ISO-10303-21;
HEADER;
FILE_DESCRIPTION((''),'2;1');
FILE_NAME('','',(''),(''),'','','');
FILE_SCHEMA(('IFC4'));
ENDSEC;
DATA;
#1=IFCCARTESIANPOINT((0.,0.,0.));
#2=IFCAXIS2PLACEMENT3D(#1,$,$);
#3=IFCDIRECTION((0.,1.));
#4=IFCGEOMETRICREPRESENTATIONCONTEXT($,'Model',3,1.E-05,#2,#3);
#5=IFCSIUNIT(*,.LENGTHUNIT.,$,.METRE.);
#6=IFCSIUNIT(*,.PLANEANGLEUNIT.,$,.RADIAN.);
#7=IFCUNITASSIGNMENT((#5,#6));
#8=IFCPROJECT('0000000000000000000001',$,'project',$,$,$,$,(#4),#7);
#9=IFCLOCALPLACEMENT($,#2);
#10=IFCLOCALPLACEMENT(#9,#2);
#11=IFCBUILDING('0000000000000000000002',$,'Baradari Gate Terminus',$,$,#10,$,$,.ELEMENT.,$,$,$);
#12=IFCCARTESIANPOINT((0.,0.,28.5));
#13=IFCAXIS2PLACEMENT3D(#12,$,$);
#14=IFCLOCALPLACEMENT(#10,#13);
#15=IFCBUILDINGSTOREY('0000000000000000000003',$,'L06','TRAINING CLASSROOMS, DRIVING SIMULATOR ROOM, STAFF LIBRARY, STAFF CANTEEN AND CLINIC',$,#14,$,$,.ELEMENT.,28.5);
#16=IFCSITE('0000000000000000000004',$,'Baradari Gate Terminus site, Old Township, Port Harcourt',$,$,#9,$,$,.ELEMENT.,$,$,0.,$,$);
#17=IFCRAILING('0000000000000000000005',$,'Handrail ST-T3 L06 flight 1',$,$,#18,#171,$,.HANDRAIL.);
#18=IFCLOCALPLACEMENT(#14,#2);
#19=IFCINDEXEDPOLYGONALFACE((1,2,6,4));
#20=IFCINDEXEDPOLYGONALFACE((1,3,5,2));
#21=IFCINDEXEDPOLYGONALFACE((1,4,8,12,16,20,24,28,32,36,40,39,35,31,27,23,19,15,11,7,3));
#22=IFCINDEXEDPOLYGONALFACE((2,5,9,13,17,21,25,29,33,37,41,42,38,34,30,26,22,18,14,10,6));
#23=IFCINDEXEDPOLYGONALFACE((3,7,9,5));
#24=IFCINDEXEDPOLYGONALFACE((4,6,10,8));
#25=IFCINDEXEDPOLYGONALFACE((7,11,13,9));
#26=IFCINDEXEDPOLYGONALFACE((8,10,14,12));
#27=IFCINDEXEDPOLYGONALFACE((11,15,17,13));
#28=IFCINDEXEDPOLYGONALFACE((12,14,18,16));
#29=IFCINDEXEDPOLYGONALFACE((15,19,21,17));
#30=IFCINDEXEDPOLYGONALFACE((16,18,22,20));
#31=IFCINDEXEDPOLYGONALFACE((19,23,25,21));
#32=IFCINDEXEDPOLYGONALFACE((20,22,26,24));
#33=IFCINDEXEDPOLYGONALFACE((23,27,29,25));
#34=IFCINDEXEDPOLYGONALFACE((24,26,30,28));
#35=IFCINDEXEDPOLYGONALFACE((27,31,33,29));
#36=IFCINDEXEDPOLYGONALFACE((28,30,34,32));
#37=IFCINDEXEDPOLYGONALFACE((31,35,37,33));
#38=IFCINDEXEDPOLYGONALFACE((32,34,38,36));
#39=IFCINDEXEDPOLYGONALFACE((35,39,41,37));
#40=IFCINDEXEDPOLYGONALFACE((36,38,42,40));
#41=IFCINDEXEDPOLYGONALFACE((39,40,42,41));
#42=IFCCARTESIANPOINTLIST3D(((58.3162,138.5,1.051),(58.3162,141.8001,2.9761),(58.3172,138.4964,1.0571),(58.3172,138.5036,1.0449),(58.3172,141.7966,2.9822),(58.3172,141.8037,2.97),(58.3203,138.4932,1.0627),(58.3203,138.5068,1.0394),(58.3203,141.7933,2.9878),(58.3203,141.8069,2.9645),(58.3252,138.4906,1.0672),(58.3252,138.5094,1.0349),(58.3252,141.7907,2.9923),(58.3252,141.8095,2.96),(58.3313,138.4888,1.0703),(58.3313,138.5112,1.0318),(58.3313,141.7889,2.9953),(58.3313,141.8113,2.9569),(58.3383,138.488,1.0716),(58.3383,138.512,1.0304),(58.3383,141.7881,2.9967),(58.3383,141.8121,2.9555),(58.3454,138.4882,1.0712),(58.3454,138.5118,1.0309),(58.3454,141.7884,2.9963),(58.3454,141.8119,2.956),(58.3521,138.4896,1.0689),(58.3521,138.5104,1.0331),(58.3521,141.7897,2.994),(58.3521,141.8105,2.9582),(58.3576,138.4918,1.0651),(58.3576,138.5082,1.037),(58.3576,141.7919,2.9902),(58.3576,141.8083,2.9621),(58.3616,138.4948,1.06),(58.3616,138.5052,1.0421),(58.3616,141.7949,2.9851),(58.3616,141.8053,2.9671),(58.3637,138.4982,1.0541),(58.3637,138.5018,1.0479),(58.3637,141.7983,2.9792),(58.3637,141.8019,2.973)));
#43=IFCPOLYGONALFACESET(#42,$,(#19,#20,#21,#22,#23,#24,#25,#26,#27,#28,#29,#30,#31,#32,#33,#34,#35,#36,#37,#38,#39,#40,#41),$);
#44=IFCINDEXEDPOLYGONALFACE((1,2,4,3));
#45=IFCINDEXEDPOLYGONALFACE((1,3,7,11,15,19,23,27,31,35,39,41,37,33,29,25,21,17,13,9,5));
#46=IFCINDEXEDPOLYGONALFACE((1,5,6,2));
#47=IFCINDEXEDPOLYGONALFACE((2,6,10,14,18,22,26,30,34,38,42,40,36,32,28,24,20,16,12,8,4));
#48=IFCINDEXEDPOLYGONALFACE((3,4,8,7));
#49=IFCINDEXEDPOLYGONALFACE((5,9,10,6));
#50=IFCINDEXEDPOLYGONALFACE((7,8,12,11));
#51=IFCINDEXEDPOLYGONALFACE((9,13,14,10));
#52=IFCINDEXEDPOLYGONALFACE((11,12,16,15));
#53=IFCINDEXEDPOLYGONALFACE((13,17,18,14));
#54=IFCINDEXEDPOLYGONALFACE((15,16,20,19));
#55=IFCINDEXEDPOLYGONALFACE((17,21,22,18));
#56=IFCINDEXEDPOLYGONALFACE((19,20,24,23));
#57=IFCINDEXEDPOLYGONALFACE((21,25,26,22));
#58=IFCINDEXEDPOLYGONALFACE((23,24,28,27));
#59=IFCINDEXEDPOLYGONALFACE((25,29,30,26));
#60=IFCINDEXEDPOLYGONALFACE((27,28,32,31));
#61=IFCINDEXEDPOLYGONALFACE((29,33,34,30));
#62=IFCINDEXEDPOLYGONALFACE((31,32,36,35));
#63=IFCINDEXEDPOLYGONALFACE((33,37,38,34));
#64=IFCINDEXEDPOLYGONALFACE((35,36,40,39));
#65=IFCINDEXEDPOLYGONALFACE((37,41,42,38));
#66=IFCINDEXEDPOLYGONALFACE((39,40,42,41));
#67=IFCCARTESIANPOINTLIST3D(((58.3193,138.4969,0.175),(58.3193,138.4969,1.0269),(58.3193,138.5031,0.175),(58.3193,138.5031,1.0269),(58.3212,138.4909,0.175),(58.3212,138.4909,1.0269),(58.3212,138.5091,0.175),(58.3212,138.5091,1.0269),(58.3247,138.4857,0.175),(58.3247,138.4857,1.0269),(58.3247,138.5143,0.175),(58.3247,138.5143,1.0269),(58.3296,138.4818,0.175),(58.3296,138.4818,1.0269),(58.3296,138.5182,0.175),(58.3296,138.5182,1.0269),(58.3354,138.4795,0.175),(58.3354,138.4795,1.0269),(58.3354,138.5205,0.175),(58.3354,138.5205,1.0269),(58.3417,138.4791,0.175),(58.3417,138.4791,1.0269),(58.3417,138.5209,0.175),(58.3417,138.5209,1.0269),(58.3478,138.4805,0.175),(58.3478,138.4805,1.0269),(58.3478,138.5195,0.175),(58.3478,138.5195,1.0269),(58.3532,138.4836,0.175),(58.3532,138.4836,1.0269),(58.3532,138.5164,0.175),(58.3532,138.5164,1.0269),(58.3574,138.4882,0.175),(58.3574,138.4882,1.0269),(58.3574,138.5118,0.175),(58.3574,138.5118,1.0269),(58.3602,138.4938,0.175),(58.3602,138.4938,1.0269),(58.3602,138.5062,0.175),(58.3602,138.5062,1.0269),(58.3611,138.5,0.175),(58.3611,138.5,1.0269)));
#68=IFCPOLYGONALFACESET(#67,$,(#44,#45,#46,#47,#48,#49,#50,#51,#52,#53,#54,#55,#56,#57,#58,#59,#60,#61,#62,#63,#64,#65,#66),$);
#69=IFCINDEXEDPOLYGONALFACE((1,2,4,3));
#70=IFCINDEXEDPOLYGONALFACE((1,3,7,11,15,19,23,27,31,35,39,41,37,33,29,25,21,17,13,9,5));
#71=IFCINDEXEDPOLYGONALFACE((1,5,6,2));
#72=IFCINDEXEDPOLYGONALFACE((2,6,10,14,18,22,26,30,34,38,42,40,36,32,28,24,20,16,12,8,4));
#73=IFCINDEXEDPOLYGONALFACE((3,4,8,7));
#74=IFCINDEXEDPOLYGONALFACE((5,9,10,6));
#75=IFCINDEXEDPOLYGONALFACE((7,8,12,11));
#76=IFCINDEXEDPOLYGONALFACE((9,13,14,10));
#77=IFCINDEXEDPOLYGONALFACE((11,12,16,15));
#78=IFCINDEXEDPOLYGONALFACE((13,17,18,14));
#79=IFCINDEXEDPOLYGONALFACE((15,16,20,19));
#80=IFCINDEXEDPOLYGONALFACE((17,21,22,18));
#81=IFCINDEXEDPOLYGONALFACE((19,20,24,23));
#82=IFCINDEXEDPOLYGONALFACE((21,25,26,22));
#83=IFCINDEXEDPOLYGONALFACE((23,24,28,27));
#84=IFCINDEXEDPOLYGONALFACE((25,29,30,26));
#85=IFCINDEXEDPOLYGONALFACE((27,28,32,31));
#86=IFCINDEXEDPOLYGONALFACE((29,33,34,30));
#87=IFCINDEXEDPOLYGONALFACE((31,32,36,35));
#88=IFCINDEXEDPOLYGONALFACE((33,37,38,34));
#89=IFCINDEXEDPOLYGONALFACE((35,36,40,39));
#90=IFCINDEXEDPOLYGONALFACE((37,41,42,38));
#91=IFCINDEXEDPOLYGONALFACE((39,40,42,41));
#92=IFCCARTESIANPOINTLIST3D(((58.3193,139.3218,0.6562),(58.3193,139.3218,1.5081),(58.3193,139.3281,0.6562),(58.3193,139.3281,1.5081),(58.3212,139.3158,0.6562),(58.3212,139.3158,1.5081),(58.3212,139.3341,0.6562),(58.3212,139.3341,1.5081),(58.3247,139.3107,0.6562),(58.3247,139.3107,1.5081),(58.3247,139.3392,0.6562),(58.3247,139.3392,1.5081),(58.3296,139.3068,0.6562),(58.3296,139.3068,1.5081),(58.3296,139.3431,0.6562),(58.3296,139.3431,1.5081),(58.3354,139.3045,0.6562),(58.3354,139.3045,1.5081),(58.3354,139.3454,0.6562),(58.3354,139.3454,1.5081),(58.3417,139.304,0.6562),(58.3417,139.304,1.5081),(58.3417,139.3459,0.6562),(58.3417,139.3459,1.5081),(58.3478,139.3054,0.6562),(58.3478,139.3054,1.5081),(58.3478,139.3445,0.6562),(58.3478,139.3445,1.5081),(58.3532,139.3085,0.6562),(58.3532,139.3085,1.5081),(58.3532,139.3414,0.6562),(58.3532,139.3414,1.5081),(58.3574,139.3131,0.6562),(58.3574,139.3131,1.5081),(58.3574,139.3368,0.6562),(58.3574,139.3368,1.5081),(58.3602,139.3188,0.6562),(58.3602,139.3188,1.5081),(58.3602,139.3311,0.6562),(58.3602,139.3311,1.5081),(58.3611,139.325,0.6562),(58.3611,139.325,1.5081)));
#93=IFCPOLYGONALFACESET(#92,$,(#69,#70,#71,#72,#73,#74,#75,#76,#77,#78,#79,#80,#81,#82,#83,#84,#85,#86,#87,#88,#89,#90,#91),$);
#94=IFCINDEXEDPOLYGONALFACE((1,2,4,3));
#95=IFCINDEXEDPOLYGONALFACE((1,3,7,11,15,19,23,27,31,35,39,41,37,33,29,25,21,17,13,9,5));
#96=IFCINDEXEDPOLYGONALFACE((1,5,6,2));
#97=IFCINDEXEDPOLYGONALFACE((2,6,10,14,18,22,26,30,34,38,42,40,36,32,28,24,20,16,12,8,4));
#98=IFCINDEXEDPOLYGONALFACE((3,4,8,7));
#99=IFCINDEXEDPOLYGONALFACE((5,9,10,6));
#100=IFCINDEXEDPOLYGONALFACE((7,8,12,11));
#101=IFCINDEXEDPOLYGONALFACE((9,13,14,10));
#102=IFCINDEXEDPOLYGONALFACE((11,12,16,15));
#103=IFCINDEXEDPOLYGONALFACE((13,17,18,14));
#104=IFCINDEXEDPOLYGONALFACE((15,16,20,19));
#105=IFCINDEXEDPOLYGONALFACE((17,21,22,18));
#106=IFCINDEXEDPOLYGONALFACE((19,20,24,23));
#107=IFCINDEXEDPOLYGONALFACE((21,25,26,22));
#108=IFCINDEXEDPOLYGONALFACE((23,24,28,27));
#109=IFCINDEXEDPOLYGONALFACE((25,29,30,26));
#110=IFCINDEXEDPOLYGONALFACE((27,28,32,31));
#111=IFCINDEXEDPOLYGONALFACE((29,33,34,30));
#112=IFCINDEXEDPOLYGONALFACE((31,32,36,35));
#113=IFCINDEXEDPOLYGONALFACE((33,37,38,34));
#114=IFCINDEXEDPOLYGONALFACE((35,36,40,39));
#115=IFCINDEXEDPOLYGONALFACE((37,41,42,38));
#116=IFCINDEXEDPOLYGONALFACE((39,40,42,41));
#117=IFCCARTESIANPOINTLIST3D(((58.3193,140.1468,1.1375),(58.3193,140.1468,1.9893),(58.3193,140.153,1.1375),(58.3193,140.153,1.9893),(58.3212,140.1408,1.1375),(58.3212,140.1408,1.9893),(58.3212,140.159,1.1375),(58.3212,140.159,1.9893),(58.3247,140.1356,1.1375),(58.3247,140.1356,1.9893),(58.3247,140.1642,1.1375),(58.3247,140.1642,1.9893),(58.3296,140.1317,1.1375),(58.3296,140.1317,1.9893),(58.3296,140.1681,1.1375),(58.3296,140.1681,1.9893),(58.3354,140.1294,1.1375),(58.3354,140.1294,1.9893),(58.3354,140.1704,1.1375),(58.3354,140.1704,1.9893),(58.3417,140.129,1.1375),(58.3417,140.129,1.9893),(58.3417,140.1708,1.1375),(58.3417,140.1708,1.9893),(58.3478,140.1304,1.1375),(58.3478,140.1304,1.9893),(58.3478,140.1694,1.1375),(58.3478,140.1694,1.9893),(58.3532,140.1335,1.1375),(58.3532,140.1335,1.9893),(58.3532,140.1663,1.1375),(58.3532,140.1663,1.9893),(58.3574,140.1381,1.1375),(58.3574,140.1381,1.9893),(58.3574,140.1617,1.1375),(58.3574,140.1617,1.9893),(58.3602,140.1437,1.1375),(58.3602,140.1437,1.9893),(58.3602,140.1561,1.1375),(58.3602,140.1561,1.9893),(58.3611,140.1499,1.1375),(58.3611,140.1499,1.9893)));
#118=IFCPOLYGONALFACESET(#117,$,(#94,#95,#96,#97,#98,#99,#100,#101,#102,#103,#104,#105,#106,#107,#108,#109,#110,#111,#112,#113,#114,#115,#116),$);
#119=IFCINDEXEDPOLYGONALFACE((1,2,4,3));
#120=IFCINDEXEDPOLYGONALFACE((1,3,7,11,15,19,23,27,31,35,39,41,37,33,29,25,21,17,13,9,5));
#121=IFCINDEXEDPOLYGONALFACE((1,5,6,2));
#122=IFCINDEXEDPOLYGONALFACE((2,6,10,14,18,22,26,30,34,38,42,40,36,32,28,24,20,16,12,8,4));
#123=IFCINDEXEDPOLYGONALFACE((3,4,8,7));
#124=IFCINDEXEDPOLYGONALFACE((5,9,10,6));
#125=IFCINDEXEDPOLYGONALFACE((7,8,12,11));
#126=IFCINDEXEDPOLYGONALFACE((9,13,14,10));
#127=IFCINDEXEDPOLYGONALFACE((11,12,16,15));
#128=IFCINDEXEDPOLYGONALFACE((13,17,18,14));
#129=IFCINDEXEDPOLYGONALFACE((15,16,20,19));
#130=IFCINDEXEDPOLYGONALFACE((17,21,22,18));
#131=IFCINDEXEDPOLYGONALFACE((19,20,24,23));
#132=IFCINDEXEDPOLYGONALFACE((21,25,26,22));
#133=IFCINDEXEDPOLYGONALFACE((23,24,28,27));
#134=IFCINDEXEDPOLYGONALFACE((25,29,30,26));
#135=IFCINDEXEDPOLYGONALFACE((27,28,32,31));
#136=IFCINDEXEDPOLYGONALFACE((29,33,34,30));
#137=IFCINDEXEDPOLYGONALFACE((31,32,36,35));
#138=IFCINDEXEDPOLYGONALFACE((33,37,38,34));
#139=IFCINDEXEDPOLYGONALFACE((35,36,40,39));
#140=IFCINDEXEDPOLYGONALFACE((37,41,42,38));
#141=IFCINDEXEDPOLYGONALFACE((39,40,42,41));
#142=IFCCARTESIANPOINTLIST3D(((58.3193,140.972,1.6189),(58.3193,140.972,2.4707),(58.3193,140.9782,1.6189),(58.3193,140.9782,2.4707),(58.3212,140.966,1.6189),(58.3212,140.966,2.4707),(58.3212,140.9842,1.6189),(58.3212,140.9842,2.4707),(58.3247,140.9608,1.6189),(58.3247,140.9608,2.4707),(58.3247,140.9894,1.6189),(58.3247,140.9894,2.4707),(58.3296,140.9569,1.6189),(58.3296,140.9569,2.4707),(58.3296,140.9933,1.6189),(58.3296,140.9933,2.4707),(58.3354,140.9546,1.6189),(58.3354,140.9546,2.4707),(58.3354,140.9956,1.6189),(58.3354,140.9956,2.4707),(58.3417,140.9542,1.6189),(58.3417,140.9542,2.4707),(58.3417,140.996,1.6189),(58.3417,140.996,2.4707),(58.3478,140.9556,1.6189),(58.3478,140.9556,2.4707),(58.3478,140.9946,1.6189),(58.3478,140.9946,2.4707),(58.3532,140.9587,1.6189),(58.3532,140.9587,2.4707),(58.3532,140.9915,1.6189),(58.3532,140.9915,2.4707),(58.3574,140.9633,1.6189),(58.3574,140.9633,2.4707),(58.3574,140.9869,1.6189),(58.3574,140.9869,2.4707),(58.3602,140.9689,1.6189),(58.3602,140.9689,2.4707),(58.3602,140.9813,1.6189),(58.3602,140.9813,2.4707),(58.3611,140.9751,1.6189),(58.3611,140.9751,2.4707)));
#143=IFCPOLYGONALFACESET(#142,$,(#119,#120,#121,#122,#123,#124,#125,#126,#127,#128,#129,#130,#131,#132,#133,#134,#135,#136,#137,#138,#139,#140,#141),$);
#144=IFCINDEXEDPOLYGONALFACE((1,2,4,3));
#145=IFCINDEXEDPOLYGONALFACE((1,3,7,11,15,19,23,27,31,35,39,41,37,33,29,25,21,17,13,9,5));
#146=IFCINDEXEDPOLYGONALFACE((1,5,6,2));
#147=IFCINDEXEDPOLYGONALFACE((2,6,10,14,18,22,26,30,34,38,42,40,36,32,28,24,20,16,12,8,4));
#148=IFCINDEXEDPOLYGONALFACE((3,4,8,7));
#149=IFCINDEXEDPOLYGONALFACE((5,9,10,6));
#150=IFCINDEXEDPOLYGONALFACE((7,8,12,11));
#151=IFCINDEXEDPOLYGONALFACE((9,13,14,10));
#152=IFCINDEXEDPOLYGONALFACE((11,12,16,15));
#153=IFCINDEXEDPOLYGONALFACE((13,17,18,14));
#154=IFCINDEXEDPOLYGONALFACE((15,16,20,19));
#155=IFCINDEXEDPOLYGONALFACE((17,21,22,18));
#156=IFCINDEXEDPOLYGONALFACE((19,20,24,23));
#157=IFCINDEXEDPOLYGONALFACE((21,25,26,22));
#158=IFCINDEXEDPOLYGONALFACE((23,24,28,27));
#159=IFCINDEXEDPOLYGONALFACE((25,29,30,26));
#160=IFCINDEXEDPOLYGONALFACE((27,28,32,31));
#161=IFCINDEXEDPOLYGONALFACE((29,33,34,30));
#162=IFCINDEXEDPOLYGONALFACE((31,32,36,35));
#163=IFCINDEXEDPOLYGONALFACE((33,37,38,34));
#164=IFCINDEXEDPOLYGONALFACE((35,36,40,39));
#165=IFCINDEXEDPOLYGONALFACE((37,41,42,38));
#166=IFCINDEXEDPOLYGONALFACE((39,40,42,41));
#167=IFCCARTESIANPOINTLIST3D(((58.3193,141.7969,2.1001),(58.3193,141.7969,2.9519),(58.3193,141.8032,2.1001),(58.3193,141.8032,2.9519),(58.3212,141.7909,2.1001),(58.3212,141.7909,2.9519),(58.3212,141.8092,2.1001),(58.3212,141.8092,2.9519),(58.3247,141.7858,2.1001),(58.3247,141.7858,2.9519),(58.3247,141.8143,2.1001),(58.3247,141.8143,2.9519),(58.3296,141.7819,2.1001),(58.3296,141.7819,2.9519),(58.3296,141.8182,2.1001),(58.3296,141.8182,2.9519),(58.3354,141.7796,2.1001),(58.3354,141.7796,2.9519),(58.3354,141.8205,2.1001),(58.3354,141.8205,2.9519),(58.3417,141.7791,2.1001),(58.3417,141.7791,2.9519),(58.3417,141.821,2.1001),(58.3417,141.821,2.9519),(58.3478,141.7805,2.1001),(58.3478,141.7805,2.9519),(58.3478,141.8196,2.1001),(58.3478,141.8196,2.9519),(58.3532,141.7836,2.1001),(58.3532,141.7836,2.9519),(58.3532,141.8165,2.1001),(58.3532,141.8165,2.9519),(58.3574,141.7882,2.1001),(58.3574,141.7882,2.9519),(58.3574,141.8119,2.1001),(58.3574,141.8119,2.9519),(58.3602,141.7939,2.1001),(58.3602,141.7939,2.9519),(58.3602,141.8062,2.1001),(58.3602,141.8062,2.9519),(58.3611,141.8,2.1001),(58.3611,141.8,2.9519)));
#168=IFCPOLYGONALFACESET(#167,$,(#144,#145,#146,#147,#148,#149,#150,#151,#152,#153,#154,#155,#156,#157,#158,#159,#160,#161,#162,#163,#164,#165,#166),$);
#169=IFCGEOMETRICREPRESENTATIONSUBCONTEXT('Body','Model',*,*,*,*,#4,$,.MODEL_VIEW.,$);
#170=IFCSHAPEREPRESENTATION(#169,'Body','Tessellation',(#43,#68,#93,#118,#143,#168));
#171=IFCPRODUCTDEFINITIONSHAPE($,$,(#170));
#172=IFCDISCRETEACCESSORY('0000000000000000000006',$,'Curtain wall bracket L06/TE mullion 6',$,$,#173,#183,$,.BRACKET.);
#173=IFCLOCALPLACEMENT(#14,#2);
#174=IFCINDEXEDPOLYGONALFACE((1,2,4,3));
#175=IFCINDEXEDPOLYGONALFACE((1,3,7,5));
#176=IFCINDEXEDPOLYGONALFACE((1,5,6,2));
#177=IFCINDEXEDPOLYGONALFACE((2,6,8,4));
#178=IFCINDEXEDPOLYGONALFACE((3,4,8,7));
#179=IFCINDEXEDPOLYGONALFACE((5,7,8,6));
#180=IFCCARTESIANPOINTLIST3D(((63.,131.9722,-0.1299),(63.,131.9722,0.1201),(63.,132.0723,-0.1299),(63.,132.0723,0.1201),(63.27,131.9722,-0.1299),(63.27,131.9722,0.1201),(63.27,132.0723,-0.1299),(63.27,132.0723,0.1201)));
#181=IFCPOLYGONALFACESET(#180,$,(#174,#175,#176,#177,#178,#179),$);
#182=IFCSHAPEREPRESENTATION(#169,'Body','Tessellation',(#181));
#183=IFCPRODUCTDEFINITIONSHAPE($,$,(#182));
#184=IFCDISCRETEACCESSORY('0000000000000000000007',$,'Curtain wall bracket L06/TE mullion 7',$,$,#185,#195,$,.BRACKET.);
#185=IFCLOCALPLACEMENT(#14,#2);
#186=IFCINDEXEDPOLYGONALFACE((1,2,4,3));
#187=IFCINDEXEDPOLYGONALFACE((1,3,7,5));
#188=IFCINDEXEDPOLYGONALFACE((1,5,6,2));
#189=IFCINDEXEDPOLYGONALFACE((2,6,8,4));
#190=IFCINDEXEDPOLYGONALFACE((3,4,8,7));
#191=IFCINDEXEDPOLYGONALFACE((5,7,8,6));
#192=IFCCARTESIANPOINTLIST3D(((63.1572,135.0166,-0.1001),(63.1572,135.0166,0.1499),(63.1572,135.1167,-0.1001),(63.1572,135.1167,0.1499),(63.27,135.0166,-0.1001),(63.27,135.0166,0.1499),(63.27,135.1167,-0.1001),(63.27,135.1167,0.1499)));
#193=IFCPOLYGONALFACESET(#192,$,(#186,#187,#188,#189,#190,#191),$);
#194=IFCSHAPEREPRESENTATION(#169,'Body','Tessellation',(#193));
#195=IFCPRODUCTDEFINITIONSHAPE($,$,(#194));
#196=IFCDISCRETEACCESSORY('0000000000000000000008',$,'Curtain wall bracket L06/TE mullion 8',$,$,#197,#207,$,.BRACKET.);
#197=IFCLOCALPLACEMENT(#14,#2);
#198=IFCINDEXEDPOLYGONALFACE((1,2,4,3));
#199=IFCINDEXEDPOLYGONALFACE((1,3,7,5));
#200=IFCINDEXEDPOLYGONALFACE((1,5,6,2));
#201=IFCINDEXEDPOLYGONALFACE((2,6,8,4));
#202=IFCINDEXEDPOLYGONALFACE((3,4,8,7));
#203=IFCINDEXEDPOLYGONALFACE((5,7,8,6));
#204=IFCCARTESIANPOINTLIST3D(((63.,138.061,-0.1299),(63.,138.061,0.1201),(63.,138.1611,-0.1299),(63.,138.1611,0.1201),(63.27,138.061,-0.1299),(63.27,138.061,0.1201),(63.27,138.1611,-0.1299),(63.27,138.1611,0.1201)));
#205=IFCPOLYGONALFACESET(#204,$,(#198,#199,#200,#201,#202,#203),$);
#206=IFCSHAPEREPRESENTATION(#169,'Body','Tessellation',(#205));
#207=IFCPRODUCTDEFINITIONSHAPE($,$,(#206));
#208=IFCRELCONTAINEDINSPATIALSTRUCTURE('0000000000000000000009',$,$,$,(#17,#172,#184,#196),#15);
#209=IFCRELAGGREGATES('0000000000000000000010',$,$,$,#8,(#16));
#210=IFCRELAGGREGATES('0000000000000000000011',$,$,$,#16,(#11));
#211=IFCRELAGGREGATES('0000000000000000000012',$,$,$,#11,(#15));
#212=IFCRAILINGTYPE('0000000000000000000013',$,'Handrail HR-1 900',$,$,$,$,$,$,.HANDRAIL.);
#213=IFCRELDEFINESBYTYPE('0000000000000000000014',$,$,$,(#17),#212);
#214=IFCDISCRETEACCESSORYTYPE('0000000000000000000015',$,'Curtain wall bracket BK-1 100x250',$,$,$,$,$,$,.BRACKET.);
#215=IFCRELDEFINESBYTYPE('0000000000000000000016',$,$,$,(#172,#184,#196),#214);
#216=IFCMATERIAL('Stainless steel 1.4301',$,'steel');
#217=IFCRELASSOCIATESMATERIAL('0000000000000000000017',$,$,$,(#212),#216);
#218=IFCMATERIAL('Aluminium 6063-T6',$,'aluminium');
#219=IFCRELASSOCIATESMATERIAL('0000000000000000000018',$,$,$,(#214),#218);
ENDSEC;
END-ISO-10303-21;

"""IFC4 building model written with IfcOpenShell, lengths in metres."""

from ifc_helpers import new_model, si_unit, direction, frame, origin, origin_2d, place, context, subcontext, project, spatial, rectangle, circle, extrude, material, type_object, element, save


model = new_model("IFC4")

# Units and contexts
model_context = context("Model", 3, precision=1e-05, world=origin(), true_north=direction((0.0, 1.0)))
body_context = subcontext(model_context, "Body", "Model", "MODEL_VIEW")
ifc_project = project(units=[si_unit("LENGTHUNIT", "METRE"), si_unit("PLANEANGLEUNIT", "RADIAN")], contexts=[model_context])

# Site, building, storey
site_placement = place(None, origin())
site = spatial("IfcSite", under=ifc_project, at=site_placement, Name="Baradari Gate Terminus site, Old Township, Port Harcourt", CompositionType="ELEMENT", RefElevation=0.0)
building_placement = place(site_placement, origin())
building = spatial("IfcBuilding", under=site, at=building_placement, Name="Baradari Gate Terminus", CompositionType="ELEMENT")
storey_placement = place(building_placement, frame((0.0, 0.0, 28.5)))
storey = spatial("IfcBuildingStorey", under=building, at=storey_placement, Name="L06", Description="TRAINING CLASSROOMS, DRIVING SIMULATOR ROOM, STAFF LIBRARY, STAFF CANTEEN AND CLINIC", CompositionType="ELEMENT", Elevation=28.5)

# Railing
ifc_material_1 = material(Name="Stainless steel 1.4301", Category="steel")
railing_type = type_object("IfcRailingType", Name="Handrail HR-1 900", PredefinedType="HANDRAIL", material=ifc_material_1)
for number, where, name in (
    (1, (58.3401, 138.5, 0.175), "Handrail ST-T3 L06 flight 1"),
):
    element("IfcRailing", number, at=place(storey_placement, frame(where)), inside=storey, type_object=railing_type, Name=name, PredefinedType="HANDRAIL", context=body_context, shape_type="SweptSolid", body=[
        extrude(circle(Radius=0.0239, at=origin_2d()), frame((0.0, 0.0, 0.876), z_axis=(0.0, 0.863777, 0.503875), x_axis=(-1.0, 0.0, 0.0)), (0.0, 0.0, 1.0), 3.8206),
        extrude(circle(Radius=0.021, at=origin_2d()), origin(), (0.0, 0.0, 1.0), 0.8518),
        extrude(circle(Radius=0.021, at=origin_2d()), frame((0.0, 0.825, 0.4812)), (0.0, 0.0, 1.0), 0.8518),
        extrude(circle(Radius=0.021, at=origin_2d()), frame((0.0, 1.6499, 0.9624)), (0.0, 0.0, 1.0), 0.8518),
        extrude(circle(Radius=0.021, at=origin_2d()), frame((0.0, 2.4751, 1.4438)), (0.0, 0.0, 1.0), 0.8518),
        extrude(circle(Radius=0.021, at=origin_2d()), frame((0.0, 3.3, 1.925)), (0.0, 0.0, 1.0), 0.8518),
    ])

# Discrete accessories
ifc_material_2 = material(Name="Aluminium 6063-T6", Category="aluminium")
discrete_accessory_type = type_object("IfcDiscreteAccessoryType", Name="Curtain wall bracket BK-1 100x250", PredefinedType="BRACKET", material=ifc_material_2)
discrete_accessory_1_placement = place(storey_placement, frame((63.135, 132.0222, -0.1299), z_axis=(0.0, 0.0, 1.0), x_axis=(1.0, 0.0, 0.0)))
element("IfcDiscreteAccessory", 2, at=discrete_accessory_1_placement, inside=storey, type_object=discrete_accessory_type, Name="Curtain wall bracket L06/TE mullion 6", PredefinedType="BRACKET", context=body_context, shape_type="SweptSolid", body=[
    extrude(rectangle(XDim=0.27, YDim=0.1001, at=origin_2d()), origin(), (0.0, 0.0, 1.0), 0.25),
])
discrete_accessory_2_placement = place(storey_placement, frame((63.2136, 135.0667, -0.1001), z_axis=(0.0, 0.0, 1.0), x_axis=(1.0, 0.0, 0.0)))
element("IfcDiscreteAccessory", 3, at=discrete_accessory_2_placement, inside=storey, type_object=discrete_accessory_type, Name="Curtain wall bracket L06/TE mullion 7", PredefinedType="BRACKET", context=body_context, shape_type="SweptSolid", body=[
    extrude(rectangle(XDim=0.1128, YDim=0.1001, at=origin_2d()), origin(), (0.0, 0.0, 1.0), 0.25),
])
discrete_accessory_3_placement = place(storey_placement, frame((63.135, 138.1111, -0.1299), z_axis=(0.0, 0.0, 1.0), x_axis=(1.0, 0.0, 0.0)))
element("IfcDiscreteAccessory", 4, at=discrete_accessory_3_placement, inside=storey, type_object=discrete_accessory_type, Name="Curtain wall bracket L06/TE mullion 8", PredefinedType="BRACKET", context=body_context, shape_type="SweptSolid", body=[
    extrude(rectangle(XDim=0.27, YDim=0.1001, at=origin_2d()), origin(), (0.0, 0.0, 1.0), 0.25),
])

save(model, "model.ifc")
